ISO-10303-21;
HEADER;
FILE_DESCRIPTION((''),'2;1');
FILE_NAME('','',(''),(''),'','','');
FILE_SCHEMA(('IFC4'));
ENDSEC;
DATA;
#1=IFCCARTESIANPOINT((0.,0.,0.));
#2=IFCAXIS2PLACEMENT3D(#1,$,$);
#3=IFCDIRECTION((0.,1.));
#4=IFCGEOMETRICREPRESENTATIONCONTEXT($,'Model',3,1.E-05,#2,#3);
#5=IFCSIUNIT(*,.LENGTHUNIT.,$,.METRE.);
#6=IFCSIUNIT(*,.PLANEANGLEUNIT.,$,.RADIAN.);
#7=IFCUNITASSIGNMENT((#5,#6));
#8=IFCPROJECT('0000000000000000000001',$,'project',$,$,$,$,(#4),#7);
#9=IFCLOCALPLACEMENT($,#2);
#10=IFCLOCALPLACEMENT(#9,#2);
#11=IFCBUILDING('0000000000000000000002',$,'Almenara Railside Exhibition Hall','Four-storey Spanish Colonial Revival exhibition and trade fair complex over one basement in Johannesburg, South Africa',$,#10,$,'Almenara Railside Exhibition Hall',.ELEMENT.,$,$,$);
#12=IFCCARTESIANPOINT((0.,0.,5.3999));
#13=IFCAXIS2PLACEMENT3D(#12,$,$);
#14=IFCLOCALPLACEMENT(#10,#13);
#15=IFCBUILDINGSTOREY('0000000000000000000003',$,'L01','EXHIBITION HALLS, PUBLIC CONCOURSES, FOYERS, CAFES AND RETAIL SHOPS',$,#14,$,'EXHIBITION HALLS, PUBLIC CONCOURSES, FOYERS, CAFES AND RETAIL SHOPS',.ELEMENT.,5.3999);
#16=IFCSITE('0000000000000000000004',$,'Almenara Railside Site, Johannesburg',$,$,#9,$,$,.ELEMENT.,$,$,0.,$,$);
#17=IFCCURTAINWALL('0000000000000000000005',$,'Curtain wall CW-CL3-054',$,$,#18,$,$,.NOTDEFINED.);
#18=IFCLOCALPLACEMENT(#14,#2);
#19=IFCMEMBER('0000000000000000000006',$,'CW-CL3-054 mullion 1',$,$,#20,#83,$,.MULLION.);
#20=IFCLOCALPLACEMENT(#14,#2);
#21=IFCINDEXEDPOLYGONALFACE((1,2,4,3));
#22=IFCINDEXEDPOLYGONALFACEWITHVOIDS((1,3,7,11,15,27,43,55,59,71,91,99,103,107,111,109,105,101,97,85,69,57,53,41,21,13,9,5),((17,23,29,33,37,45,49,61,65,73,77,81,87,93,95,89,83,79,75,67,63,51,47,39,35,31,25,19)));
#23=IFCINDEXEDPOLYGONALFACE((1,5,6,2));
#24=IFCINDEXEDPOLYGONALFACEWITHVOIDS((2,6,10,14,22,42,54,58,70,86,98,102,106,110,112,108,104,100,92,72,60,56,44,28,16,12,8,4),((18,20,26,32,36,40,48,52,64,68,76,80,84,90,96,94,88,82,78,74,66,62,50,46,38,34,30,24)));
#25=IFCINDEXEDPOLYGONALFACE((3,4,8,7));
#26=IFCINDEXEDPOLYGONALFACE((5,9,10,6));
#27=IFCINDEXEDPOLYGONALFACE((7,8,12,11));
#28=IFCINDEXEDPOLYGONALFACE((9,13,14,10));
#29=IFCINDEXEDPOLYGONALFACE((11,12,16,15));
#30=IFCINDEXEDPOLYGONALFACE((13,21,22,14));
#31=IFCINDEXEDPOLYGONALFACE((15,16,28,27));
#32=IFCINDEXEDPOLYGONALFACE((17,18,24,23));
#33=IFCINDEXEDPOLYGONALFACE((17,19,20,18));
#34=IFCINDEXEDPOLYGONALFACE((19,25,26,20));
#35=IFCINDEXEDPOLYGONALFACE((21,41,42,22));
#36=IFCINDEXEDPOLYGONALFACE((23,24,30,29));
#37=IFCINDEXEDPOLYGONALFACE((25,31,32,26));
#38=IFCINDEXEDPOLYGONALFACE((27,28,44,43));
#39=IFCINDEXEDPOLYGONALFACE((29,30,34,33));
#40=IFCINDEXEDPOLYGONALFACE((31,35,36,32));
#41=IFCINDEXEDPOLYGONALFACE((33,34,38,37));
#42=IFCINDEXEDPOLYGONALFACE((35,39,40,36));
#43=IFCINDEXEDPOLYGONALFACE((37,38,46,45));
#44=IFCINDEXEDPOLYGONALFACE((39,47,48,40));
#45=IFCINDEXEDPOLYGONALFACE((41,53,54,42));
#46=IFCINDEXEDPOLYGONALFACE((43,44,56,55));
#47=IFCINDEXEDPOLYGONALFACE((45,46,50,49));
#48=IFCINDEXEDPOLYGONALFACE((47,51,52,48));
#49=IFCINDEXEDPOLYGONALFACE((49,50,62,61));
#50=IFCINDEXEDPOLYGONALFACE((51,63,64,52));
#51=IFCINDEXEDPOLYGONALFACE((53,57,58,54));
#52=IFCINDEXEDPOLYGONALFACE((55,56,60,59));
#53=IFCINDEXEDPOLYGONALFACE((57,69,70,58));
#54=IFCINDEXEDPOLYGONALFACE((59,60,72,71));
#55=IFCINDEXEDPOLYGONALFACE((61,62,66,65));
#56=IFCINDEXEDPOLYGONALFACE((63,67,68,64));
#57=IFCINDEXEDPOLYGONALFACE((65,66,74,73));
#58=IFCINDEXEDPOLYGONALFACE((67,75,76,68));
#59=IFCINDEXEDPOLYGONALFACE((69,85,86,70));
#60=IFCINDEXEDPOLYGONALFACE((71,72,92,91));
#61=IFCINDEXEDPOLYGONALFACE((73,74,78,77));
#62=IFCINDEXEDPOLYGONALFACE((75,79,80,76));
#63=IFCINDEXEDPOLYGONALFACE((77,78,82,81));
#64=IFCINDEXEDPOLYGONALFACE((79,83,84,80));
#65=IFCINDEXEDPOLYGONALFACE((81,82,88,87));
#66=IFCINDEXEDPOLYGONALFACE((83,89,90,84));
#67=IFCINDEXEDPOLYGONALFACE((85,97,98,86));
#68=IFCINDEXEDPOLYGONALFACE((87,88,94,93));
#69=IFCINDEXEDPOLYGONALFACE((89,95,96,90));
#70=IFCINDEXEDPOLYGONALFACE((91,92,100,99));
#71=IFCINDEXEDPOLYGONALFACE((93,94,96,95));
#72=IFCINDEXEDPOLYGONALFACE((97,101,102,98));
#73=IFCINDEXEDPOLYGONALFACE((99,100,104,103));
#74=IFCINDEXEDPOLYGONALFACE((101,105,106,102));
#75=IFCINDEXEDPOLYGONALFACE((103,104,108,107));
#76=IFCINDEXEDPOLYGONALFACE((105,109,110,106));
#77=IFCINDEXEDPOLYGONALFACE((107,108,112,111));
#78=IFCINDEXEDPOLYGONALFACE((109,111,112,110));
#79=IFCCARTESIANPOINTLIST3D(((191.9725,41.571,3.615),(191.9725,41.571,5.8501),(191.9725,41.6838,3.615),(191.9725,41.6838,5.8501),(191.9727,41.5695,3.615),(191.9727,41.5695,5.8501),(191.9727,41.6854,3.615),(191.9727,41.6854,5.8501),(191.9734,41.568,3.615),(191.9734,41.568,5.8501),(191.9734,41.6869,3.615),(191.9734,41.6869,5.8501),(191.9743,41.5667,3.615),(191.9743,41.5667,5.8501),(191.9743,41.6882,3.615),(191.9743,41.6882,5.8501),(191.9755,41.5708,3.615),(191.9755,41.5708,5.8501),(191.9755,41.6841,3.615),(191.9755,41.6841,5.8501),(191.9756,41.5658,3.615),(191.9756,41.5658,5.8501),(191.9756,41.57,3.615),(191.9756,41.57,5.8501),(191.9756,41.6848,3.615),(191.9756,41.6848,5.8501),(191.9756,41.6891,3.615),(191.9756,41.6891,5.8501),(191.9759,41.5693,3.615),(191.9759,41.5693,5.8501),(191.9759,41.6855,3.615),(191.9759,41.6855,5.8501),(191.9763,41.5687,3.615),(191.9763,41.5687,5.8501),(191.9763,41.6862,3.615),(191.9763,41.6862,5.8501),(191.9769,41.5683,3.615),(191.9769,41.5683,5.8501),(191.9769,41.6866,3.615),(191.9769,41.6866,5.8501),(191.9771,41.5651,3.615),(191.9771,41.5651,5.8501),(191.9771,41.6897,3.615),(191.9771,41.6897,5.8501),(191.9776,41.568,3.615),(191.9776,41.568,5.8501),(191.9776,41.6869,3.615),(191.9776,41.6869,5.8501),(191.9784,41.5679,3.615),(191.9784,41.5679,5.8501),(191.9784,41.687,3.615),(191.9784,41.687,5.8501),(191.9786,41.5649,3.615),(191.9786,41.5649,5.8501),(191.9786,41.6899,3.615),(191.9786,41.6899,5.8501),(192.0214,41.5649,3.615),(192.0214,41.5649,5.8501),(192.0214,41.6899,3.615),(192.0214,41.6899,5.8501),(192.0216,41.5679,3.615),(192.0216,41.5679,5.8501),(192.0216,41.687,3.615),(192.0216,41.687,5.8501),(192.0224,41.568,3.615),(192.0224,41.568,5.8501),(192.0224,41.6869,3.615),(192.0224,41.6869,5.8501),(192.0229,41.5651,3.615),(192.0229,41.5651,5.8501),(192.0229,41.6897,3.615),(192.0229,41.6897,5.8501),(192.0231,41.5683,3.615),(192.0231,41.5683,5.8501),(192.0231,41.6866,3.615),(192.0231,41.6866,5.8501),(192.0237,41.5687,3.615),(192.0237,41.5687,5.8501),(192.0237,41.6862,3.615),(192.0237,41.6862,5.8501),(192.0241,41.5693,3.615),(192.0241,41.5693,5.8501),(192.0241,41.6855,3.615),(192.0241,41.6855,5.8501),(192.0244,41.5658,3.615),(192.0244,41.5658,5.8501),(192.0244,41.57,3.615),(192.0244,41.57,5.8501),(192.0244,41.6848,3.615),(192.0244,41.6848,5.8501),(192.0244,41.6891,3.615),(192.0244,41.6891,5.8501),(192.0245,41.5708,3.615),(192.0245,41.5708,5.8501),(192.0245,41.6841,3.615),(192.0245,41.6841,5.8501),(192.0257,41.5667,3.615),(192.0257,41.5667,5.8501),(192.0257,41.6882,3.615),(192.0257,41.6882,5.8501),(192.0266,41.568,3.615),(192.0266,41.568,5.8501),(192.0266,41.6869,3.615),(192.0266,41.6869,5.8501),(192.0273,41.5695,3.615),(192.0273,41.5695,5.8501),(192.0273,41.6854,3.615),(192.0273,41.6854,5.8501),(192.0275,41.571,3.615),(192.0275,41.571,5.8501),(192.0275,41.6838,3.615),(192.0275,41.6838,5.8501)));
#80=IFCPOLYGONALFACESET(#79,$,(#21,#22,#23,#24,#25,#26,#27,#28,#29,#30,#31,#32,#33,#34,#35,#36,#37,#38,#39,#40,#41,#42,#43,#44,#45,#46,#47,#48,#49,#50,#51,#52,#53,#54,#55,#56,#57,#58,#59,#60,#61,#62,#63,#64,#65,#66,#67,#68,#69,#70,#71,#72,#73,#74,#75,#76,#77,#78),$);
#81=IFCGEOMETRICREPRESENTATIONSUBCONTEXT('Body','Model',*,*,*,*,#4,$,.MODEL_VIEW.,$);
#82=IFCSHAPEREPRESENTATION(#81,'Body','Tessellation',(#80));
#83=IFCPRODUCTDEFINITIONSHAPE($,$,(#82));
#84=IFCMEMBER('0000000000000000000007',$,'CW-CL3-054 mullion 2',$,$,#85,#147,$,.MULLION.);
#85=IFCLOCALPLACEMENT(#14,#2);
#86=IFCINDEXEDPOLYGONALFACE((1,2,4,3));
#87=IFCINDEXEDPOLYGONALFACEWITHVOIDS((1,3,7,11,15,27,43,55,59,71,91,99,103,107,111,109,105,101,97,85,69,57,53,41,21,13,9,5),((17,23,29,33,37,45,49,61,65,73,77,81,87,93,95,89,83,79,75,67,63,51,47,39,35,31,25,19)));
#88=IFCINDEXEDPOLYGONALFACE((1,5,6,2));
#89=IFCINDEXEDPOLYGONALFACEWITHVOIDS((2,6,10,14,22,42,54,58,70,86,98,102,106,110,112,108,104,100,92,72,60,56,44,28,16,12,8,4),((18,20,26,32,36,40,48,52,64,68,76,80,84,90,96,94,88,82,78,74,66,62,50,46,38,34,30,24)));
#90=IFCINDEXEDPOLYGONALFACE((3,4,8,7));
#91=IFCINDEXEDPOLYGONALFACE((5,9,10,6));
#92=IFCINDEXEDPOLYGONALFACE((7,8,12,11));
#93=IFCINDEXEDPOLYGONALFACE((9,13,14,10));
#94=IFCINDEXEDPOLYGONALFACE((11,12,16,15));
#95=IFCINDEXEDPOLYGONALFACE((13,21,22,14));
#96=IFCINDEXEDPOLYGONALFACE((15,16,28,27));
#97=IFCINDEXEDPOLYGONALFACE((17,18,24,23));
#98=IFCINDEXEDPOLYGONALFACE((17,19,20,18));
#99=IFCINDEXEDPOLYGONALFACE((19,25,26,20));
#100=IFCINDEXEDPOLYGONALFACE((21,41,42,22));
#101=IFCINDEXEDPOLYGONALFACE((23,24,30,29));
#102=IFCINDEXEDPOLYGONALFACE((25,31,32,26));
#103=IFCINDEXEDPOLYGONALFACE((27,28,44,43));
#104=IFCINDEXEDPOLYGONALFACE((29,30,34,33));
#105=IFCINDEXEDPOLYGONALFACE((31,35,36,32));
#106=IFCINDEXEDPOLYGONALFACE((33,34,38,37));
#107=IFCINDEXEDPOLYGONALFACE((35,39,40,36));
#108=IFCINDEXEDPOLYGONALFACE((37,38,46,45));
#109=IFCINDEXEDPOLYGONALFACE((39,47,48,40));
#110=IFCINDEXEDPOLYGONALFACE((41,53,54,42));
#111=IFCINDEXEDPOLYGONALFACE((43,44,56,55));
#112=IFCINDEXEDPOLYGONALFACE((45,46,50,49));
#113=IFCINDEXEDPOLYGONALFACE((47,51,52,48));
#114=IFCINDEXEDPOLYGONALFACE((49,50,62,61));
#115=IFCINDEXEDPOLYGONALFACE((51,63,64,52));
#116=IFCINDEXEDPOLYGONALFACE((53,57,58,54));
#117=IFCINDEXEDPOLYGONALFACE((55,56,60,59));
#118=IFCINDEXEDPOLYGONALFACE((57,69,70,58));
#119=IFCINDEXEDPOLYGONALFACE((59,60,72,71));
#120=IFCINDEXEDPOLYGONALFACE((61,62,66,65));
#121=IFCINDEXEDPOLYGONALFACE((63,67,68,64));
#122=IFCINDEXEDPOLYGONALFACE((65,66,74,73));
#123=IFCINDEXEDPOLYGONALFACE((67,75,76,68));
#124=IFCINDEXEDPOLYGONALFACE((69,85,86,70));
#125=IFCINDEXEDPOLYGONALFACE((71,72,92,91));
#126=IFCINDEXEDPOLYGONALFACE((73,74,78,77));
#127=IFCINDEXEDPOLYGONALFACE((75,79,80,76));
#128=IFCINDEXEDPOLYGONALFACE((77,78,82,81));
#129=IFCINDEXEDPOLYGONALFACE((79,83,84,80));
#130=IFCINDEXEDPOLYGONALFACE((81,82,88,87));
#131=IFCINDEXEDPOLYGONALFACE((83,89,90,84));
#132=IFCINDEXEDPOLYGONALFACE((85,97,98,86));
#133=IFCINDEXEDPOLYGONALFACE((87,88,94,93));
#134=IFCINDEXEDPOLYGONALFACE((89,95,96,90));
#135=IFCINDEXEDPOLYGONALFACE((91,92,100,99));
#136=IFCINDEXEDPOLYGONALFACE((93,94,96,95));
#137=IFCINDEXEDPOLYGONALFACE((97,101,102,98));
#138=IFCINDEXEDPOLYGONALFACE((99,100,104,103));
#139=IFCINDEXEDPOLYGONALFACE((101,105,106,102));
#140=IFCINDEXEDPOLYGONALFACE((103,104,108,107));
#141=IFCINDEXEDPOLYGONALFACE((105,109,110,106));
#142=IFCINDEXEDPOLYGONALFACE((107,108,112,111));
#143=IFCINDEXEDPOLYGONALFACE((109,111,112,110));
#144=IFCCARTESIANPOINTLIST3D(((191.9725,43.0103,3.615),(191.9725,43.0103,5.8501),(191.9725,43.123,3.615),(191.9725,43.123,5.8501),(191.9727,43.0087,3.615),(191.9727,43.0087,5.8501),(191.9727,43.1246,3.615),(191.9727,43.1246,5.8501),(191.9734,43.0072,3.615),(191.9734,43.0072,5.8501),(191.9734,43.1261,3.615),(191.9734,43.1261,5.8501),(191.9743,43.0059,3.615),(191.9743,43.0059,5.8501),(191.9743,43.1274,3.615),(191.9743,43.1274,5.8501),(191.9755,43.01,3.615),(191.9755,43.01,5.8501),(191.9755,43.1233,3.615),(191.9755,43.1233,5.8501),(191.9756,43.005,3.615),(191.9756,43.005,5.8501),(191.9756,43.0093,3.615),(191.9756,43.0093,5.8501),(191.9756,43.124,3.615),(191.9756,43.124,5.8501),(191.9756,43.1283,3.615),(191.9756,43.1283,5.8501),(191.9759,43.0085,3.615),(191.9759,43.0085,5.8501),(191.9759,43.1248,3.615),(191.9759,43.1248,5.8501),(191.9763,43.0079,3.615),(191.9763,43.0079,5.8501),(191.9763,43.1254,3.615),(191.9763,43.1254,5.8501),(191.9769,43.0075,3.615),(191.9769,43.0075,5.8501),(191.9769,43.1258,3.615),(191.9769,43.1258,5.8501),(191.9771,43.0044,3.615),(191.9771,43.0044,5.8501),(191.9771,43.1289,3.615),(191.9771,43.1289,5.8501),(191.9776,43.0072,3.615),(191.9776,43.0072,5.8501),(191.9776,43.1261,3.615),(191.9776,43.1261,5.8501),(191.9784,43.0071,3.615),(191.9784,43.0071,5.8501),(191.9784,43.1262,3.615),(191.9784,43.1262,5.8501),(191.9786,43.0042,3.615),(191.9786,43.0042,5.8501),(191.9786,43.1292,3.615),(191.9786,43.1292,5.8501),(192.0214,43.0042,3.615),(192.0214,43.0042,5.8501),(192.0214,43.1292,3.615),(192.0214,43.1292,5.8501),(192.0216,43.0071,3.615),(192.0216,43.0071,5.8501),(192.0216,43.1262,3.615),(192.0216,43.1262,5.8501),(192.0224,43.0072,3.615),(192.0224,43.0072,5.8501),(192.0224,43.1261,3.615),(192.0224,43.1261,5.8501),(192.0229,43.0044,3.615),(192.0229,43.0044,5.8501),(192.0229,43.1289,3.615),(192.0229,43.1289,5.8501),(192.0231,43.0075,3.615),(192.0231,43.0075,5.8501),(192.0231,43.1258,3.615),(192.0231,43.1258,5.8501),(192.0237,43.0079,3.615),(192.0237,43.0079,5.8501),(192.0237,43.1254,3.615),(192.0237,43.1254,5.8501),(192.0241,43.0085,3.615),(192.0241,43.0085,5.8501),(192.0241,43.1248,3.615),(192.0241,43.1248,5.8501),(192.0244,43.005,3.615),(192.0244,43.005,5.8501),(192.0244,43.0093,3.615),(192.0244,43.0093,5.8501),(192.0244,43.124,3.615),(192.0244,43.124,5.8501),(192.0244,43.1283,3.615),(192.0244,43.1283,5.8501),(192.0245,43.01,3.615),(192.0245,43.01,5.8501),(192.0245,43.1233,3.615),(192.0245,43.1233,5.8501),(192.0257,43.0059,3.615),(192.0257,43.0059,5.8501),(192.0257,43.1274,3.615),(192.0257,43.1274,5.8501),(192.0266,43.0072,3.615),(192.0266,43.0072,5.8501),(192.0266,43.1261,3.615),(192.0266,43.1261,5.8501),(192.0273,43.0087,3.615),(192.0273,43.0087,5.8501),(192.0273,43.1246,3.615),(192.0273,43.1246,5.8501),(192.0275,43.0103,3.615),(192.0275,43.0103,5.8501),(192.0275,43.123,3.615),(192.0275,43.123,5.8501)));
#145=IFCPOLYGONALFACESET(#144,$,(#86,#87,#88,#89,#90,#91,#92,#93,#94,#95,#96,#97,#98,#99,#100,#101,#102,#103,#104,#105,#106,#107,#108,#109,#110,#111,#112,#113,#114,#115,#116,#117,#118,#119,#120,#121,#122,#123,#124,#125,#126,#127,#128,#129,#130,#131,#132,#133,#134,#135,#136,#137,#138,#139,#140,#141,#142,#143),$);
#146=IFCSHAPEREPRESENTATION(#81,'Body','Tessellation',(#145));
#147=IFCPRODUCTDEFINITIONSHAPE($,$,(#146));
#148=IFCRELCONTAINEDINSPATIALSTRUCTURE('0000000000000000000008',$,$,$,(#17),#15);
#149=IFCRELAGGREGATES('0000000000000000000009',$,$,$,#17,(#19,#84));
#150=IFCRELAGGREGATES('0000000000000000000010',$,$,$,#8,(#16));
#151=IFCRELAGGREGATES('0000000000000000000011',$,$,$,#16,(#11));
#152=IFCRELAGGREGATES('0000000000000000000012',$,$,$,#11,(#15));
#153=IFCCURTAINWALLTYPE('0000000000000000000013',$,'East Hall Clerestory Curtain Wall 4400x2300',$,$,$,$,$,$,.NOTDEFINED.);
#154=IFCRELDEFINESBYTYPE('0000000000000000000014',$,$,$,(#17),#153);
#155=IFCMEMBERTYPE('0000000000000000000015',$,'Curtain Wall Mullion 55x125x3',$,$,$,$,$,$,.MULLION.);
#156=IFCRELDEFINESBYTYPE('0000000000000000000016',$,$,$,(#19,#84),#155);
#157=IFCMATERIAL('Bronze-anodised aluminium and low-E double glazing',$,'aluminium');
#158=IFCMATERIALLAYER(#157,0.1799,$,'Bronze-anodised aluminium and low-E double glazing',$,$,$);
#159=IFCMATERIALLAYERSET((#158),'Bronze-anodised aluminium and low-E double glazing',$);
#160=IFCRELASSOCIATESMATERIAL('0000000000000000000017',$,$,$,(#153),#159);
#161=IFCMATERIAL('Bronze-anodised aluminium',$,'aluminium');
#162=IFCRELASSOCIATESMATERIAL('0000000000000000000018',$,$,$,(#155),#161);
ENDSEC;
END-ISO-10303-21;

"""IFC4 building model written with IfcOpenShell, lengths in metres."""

from ifc_helpers import new_model, si_unit, direction, frame, origin, origin_2d, place, context, subcontext, project, spatial, hollow_rectangle, extrude, material, layer, layer_set, material_profile, profile_set, type_object, element, aggregate, save


model = new_model("IFC4")

# Units and contexts
model_context = context("Model", 3, precision=1e-05, world=origin(), true_north=direction((0.0, 1.0)))
body_context = subcontext(model_context, "Body", "Model", "MODEL_VIEW")
ifc_project = project(units=[si_unit("LENGTHUNIT", "METRE"), si_unit("PLANEANGLEUNIT", "RADIAN")], contexts=[model_context])

# Site, building, storey
site_placement = place(None, origin())
site = spatial("IfcSite", under=ifc_project, at=site_placement, Name="Almenara Railside Site, Johannesburg", CompositionType="ELEMENT", RefElevation=0.0)
building_placement = place(site_placement, origin())
building = spatial("IfcBuilding", under=site, at=building_placement, Name="Almenara Railside Exhibition Hall", Description="Four-storey Spanish Colonial Revival exhibition and trade fair complex over one basement in Johannesburg, South Africa", LongName="Almenara Railside Exhibition Hall", CompositionType="ELEMENT")
storey_placement = place(building_placement, frame((0.0, 0.0, 5.3999)))
storey = spatial("IfcBuildingStorey", under=building, at=storey_placement, Name="L01", Description="EXHIBITION HALLS, PUBLIC CONCOURSES, FOYERS, CAFES AND RETAIL SHOPS", LongName="EXHIBITION HALLS, PUBLIC CONCOURSES, FOYERS, CAFES AND RETAIL SHOPS", CompositionType="ELEMENT", Elevation=5.3999)

# Curtain wall, members
ifc_material_1 = material(Name="Bronze-anodised aluminium and low-E double glazing", Category="aluminium")
ifc_layer_1 = layer(ifc_material_1, 0.1799, Name="Bronze-anodised aluminium and low-E double glazing")
ifc_layer_set_1 = layer_set([ifc_layer_1], Name="Bronze-anodised aluminium and low-E double glazing")
curtain_wall_type = type_object("IfcCurtainWallType", Name="East Hall Clerestory Curtain Wall 4400x2300", PredefinedType="NOTDEFINED", material=ifc_layer_set_1)
curtain_wall_1_placement = place(storey_placement, origin())
curtain_wall_1 = element("IfcCurtainWall", 1, at=curtain_wall_1_placement, inside=storey, type_object=curtain_wall_type, Name="Curtain wall CW-CL3-054", PredefinedType="NOTDEFINED")
ifc_material_2 = material(Name="Bronze-anodised aluminium", Category="aluminium")
ifc_material_profile_1 = material_profile(ifc_material_2, hollow_rectangle(XDim=0.0549, YDim=0.125, WallThickness=0.0029, InnerFilletRadius=0.0029, OuterFilletRadius=0.0061, at=origin_2d()), Name="ALU-MUL 55x125x3")
ifc_profile_set_1 = profile_set([ifc_material_profile_1], Name="Bronze-anodised aluminium")
member_type_1 = type_object("IfcMemberType", Name="Curtain Wall Mullion 55x125x3", PredefinedType="MULLION", material=ifc_profile_set_1)
member_1_placement = place(storey_placement, frame((192.0, 41.6274, 3.615), z_axis=(0.0, 0.0, 1.0), x_axis=(-1.0, 0.0, 0.0)))
member_1 = element("IfcMember", 2, at=member_1_placement, type_object=member_type_1, Name="CW-CL3-054 mullion 1", PredefinedType="MULLION", context=body_context, shape_type="SweptSolid", body=[
    extrude(hollow_rectangle(XDim=0.0549, YDim=0.125, WallThickness=0.0029, InnerFilletRadius=0.0029, OuterFilletRadius=0.0061, at=origin_2d()), origin(), (0.0, 0.0, 1.0), 2.2351),
])
member_2_placement = place(storey_placement, frame((192.0, 43.0667, 3.615), z_axis=(0.0, 0.0, 1.0), x_axis=(-1.0, 0.0, 0.0)))
member_2 = element("IfcMember", 3, at=member_2_placement, type_object=member_type_1, Name="CW-CL3-054 mullion 2", PredefinedType="MULLION", context=body_context, shape_type="SweptSolid", body=[
    extrude(hollow_rectangle(XDim=0.0549, YDim=0.125, WallThickness=0.0029, InnerFilletRadius=0.0029, OuterFilletRadius=0.0061, at=origin_2d()), origin(), (0.0, 0.0, 1.0), 2.2351),
])

aggregate(curtain_wall_1, [member_1, member_2])

save(model, "model.ifc")
